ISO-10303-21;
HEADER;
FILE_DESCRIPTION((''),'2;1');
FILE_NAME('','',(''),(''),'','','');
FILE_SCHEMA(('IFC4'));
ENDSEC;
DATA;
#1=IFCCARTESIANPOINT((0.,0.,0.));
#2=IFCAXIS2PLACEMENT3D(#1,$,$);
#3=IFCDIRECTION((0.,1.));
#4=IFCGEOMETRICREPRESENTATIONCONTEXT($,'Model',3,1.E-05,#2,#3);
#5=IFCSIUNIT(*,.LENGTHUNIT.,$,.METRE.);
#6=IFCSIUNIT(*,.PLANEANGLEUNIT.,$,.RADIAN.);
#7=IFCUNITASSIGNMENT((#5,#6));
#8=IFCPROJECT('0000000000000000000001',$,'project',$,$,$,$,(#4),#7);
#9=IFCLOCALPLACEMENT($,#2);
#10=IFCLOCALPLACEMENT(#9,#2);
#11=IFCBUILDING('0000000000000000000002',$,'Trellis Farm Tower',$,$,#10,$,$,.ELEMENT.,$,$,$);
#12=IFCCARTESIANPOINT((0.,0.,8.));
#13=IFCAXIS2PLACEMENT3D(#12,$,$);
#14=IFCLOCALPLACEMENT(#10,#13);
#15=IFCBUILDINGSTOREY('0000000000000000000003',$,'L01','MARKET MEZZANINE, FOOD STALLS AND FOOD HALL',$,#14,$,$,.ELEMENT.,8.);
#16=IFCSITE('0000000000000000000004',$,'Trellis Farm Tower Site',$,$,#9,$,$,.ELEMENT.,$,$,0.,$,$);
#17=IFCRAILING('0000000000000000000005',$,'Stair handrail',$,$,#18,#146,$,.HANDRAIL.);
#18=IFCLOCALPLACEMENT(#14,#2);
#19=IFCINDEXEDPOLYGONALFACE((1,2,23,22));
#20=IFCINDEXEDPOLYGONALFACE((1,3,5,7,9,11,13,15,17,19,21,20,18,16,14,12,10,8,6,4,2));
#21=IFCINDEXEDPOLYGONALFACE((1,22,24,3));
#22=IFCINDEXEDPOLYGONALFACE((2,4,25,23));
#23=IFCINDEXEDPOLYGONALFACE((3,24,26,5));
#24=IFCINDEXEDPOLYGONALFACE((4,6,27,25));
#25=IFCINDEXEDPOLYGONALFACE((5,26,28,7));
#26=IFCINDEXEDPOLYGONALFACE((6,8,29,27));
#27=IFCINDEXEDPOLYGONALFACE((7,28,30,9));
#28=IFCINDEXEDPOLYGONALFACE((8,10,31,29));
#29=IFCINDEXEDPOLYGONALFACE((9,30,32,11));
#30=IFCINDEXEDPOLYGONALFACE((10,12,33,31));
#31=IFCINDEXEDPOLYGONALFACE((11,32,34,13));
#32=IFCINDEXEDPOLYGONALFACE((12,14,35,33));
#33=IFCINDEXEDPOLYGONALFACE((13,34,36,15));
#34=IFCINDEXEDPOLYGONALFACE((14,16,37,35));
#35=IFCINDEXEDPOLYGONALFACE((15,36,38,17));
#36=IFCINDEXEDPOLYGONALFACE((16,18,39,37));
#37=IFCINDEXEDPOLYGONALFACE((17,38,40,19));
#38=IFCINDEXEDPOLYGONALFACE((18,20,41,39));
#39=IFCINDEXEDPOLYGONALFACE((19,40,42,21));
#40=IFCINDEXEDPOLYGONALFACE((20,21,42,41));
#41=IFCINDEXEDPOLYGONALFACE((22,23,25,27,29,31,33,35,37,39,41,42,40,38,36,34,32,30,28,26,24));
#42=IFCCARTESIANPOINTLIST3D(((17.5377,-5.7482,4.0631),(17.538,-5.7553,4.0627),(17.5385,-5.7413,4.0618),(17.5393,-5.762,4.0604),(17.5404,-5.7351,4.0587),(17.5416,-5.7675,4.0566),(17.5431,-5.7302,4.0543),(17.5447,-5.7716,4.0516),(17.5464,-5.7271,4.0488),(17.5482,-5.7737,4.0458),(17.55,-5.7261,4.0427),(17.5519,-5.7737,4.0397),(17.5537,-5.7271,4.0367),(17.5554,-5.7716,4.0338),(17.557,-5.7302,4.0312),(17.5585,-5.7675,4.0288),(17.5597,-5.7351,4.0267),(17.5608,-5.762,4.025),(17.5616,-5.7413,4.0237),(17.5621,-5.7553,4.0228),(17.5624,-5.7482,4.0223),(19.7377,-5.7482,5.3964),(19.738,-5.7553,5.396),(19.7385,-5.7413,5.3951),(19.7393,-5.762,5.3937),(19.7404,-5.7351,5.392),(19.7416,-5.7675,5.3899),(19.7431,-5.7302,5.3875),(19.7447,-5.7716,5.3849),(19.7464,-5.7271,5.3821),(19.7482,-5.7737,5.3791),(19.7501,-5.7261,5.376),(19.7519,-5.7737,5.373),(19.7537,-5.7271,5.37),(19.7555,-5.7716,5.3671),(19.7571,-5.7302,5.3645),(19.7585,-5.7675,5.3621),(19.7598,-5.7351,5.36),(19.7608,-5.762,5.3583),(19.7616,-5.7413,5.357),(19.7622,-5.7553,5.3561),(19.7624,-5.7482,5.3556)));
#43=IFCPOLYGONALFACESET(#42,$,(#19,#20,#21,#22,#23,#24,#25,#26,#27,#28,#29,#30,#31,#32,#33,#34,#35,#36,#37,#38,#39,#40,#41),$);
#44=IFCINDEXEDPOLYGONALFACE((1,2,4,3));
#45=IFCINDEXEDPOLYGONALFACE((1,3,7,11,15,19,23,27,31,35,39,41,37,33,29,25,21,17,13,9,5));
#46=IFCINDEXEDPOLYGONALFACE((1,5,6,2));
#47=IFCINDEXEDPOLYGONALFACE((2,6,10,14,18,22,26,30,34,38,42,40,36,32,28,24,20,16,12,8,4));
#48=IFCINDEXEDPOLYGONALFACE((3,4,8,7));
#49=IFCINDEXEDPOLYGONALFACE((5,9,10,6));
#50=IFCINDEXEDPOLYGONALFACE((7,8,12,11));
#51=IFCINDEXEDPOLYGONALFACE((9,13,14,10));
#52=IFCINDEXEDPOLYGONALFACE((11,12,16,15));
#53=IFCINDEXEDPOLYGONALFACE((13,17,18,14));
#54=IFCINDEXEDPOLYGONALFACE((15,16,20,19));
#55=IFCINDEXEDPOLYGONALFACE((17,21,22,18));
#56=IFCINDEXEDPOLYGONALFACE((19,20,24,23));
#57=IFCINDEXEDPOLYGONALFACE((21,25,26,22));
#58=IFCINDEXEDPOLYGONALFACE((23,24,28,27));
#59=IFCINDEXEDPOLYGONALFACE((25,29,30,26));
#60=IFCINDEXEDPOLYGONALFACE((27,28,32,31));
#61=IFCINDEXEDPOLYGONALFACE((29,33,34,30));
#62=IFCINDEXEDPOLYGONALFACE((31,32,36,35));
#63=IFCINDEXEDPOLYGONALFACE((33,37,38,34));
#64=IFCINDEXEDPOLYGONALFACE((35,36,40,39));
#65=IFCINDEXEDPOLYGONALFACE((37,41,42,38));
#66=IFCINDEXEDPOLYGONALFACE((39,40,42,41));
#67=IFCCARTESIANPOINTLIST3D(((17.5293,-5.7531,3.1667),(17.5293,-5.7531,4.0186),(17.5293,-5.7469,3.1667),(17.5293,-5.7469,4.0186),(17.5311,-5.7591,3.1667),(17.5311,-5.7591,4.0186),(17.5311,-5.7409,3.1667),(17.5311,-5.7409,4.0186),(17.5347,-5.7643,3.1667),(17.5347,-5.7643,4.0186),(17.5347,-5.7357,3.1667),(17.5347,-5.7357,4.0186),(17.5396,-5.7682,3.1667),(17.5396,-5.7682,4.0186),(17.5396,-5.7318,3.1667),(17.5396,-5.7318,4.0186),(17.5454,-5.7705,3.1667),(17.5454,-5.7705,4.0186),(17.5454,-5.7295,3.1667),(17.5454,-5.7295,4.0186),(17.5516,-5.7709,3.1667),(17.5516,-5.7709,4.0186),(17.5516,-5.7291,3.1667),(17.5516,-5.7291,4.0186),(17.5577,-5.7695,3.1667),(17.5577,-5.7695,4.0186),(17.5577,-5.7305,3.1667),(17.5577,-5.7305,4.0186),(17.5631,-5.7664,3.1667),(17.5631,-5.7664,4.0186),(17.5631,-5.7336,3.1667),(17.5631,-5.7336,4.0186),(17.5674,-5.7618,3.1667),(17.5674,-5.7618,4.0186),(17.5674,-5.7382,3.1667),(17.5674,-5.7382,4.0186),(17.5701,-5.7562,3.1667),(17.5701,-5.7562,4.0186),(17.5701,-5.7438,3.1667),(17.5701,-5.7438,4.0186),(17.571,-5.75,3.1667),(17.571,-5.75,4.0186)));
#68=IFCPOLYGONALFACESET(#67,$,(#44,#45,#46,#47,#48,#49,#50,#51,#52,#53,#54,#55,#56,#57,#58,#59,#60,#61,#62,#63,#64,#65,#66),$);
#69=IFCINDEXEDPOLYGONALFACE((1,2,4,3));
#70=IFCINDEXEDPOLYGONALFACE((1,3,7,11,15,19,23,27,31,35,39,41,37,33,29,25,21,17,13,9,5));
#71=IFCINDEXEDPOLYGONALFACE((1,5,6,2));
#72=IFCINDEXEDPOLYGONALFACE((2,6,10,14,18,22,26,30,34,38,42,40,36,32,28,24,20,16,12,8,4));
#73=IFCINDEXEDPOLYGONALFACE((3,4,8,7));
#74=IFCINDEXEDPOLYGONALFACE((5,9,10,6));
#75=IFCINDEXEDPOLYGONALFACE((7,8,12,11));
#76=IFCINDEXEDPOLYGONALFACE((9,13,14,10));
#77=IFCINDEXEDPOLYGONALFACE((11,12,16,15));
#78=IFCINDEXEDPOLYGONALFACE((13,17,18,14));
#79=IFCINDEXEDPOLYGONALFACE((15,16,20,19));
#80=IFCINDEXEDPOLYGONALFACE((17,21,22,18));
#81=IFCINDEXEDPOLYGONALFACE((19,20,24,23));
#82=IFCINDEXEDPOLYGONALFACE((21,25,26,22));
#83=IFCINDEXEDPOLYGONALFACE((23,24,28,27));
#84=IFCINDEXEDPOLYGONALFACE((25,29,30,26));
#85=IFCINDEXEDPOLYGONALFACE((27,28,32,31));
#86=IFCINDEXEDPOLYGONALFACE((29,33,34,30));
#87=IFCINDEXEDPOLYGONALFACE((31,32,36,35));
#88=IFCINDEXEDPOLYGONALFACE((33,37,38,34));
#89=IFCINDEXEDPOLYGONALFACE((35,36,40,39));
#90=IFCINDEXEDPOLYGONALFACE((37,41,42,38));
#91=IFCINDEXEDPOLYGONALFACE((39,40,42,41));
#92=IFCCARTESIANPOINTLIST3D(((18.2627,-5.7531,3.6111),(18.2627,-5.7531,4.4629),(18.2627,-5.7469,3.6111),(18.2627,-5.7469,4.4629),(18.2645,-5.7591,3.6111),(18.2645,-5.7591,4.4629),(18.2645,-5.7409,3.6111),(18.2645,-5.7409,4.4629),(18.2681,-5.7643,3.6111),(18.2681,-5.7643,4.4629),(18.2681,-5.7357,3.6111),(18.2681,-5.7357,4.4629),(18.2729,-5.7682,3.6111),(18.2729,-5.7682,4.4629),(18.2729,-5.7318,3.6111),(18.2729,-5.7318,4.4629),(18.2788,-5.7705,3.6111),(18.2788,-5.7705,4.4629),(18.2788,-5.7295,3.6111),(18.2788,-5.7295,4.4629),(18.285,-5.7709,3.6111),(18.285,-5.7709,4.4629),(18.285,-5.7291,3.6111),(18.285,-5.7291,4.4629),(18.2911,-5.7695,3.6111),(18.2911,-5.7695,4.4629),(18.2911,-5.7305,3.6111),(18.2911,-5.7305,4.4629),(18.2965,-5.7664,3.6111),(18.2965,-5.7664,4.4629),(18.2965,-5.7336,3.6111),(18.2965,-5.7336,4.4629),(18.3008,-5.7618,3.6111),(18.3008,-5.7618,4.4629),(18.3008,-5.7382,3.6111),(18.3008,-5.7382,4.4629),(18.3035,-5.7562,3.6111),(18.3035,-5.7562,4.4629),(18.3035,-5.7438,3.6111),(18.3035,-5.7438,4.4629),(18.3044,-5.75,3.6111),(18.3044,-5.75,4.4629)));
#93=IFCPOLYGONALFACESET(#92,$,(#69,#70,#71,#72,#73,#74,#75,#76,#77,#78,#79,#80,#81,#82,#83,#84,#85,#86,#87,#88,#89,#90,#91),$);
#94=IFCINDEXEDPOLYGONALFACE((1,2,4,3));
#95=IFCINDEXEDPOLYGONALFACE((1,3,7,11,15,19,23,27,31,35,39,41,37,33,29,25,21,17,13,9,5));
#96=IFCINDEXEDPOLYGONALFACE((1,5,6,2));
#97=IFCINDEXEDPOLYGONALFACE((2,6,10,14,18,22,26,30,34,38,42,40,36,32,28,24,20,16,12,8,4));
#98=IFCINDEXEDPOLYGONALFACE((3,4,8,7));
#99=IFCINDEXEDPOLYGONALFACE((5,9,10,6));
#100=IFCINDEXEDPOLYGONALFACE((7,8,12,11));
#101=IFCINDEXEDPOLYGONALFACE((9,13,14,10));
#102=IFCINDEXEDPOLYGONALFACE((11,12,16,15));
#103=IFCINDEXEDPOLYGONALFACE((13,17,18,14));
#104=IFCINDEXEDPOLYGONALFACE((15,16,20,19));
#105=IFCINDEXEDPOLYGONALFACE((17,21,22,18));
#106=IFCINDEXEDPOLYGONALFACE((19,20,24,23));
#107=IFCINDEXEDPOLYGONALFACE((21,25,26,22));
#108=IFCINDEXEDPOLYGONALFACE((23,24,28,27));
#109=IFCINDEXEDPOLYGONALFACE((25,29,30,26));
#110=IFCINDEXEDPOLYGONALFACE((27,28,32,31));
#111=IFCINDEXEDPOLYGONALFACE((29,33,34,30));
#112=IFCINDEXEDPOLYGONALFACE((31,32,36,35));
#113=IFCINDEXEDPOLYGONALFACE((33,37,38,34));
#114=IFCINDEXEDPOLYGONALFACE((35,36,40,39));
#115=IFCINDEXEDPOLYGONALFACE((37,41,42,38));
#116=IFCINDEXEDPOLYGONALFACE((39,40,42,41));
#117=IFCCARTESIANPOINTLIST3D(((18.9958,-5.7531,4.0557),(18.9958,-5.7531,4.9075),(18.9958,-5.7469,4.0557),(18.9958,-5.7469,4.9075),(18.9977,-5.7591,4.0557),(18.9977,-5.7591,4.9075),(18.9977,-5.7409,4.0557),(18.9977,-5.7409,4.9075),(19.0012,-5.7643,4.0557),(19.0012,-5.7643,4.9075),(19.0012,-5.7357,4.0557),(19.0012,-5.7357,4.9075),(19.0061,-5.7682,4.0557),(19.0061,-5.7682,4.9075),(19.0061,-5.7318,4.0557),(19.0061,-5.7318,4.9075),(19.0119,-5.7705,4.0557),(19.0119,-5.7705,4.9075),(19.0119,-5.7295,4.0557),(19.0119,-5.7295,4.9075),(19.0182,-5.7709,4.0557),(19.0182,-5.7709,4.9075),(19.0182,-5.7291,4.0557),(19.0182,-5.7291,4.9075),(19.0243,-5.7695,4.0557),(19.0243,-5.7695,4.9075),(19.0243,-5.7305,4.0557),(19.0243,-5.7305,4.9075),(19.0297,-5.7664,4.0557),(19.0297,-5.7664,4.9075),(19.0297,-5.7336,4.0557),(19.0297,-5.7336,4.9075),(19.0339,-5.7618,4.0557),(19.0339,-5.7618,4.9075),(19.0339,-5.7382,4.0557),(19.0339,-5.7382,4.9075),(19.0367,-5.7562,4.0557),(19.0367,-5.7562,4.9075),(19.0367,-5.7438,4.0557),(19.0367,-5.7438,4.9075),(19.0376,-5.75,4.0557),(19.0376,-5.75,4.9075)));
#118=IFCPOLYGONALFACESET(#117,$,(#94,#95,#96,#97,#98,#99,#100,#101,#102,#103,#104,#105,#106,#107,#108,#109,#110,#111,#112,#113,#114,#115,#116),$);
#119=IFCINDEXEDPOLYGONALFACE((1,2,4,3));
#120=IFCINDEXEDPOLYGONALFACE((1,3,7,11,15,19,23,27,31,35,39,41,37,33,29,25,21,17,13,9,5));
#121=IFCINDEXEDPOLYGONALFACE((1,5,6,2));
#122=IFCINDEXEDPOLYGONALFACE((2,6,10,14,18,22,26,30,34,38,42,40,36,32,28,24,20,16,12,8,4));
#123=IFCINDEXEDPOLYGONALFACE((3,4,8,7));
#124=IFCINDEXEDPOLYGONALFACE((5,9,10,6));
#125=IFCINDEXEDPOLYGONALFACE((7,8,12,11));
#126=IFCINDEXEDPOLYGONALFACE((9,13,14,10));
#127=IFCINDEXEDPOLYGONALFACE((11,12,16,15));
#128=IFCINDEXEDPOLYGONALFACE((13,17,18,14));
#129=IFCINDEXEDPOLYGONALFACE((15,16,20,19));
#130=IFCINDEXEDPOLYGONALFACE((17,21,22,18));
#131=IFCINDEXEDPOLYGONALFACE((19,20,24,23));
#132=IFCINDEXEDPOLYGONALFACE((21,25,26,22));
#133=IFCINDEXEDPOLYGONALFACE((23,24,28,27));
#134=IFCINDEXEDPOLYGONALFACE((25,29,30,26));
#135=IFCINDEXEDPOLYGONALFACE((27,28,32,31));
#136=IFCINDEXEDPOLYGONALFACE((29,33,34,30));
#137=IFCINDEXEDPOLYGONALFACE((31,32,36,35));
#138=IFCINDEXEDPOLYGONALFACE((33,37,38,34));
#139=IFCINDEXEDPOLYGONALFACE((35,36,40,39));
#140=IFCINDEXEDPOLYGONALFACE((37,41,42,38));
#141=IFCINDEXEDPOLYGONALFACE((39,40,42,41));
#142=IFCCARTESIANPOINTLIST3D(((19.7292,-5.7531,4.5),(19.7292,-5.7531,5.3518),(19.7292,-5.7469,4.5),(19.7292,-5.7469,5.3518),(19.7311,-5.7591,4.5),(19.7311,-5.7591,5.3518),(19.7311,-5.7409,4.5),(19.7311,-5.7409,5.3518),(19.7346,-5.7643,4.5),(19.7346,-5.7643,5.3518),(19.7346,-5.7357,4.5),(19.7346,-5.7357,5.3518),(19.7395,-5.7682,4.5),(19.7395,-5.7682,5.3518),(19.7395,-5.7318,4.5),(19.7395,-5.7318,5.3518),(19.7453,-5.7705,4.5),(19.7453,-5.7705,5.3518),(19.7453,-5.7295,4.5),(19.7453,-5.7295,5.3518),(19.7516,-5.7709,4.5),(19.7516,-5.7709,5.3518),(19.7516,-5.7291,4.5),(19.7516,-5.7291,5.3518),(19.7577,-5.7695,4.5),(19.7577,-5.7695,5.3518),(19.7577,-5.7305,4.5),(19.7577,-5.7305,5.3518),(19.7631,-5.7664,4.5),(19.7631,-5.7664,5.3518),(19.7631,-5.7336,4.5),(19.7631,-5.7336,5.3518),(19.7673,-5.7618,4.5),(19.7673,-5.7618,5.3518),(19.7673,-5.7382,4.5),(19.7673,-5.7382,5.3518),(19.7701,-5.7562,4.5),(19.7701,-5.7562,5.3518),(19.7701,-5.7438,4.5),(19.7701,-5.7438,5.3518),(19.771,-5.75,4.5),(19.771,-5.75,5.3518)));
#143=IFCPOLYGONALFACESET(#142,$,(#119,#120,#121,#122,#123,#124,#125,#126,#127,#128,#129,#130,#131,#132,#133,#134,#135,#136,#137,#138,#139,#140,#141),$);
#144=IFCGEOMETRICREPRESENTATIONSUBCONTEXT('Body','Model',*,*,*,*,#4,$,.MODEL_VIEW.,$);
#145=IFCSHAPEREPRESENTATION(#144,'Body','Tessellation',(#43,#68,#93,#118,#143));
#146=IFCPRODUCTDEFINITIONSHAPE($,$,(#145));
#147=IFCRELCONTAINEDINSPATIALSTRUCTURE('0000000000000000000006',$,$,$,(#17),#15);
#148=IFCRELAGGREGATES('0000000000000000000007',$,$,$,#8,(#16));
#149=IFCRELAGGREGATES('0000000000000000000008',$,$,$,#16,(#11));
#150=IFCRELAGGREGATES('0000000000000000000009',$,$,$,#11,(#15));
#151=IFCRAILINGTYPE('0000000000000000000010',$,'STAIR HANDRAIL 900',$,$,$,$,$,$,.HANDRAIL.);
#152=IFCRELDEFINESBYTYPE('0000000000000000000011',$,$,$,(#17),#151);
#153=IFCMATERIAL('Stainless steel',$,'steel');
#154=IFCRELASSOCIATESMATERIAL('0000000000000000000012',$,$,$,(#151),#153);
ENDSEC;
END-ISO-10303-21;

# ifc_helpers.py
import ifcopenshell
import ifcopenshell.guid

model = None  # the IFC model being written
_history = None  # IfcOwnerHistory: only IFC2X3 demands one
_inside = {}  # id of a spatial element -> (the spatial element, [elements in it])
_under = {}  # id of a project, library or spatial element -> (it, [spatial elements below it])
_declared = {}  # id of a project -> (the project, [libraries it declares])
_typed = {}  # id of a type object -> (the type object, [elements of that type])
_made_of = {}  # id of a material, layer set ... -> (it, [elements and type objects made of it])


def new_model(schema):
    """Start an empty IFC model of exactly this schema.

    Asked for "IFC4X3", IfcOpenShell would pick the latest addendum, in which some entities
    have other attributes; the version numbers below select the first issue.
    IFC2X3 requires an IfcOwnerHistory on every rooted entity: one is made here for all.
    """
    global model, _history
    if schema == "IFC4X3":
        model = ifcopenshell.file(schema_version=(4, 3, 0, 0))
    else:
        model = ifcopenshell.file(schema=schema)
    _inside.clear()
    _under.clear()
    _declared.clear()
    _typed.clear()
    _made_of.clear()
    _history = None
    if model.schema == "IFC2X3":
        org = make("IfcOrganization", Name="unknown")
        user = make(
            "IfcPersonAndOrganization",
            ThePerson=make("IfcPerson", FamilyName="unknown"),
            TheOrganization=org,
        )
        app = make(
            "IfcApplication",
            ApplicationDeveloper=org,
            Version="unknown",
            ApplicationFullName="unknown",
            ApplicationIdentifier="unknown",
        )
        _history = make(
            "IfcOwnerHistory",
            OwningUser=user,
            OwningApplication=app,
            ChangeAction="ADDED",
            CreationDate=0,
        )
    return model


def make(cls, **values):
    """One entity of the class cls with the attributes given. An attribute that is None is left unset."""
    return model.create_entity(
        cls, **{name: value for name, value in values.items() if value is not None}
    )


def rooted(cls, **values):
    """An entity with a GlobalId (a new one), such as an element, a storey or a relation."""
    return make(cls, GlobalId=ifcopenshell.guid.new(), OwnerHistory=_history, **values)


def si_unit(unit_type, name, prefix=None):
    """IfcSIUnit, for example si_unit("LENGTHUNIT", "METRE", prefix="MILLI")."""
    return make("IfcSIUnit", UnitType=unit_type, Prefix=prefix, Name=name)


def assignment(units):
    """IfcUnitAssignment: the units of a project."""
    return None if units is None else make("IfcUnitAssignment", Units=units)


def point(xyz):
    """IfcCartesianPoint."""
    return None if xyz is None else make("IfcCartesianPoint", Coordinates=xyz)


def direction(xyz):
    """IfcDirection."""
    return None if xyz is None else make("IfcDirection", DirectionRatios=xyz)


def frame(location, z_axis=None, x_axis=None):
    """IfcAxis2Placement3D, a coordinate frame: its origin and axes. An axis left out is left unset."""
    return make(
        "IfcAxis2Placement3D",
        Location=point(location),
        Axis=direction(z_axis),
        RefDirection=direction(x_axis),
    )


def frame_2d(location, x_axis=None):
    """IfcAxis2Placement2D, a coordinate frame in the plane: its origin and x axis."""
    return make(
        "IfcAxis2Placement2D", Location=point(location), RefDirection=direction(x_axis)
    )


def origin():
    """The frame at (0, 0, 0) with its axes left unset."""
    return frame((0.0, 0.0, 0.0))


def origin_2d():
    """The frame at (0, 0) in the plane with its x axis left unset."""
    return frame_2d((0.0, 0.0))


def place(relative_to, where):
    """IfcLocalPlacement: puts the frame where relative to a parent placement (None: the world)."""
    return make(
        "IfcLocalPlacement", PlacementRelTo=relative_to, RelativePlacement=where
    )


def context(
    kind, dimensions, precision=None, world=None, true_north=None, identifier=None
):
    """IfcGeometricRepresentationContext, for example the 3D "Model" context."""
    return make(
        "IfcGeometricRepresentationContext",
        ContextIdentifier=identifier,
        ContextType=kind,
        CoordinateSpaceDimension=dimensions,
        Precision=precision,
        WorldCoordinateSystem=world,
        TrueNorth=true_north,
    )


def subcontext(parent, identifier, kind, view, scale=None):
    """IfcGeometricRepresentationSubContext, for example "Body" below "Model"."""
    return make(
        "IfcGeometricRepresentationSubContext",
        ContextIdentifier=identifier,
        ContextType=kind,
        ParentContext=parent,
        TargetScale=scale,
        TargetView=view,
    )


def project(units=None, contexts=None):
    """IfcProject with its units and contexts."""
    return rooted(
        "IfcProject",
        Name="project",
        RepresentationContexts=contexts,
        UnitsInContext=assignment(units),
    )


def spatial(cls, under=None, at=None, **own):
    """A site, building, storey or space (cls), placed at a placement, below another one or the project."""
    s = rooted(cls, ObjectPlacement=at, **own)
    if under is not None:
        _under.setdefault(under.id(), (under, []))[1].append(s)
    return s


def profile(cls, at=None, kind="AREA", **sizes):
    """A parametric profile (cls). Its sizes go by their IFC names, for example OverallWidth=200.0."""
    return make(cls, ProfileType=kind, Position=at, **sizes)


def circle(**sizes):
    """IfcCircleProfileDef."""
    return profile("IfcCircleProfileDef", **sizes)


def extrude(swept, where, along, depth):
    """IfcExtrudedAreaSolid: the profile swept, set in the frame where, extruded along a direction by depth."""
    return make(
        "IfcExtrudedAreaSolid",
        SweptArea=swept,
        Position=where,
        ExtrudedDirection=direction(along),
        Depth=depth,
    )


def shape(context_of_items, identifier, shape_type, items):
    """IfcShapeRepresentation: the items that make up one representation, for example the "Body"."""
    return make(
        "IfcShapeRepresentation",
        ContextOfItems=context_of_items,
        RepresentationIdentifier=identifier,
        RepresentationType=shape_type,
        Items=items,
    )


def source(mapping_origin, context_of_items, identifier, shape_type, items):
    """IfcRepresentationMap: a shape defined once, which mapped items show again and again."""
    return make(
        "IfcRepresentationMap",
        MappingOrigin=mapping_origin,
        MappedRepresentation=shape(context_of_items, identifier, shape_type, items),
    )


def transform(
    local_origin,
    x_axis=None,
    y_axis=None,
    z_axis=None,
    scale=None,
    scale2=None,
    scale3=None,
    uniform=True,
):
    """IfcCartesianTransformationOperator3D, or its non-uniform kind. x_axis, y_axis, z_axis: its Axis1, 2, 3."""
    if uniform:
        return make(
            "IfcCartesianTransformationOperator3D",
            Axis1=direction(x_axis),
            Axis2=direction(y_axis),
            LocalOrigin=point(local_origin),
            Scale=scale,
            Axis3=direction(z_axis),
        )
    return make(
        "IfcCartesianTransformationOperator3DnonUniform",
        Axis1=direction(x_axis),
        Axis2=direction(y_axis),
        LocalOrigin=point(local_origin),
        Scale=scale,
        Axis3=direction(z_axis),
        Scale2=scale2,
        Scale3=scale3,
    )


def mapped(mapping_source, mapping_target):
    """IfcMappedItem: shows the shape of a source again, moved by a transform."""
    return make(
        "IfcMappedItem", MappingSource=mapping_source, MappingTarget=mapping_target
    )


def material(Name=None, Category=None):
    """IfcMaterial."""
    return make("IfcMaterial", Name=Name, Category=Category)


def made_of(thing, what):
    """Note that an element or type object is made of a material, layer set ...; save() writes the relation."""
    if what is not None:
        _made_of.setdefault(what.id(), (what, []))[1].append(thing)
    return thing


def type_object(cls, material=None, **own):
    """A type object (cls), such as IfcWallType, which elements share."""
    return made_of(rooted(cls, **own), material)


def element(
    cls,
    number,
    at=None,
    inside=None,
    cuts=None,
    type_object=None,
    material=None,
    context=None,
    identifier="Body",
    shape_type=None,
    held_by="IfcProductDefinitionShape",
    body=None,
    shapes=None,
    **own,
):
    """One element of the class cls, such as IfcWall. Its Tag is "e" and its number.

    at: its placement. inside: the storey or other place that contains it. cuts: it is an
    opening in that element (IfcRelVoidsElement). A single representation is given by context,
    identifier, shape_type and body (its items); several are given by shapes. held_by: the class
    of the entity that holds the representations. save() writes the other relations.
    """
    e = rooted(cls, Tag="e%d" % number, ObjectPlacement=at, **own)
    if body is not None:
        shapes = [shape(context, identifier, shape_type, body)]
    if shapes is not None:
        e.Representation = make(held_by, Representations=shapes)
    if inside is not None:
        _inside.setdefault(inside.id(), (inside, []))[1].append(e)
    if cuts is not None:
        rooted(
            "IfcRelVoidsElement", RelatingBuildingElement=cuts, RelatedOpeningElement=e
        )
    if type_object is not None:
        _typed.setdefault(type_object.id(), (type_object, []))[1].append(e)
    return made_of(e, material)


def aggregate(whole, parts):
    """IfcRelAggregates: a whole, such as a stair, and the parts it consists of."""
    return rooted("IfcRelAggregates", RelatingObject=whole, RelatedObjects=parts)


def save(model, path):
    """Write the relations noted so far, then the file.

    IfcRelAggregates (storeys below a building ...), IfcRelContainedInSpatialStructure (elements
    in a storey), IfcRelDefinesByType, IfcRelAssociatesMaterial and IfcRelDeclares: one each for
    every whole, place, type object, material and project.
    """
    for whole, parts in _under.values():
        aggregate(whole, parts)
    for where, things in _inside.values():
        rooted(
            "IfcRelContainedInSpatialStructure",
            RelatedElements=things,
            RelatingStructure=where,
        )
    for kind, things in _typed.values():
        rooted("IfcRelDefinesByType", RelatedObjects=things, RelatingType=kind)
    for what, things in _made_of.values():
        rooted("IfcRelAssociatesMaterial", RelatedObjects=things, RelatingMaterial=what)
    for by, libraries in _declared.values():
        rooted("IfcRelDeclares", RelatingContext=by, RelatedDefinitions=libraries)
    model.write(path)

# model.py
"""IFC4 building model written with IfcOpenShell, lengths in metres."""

from ifc_helpers import new_model, si_unit, direction, frame, origin, origin_2d, place, context, subcontext, project, spatial, circle, extrude, source, transform, mapped, material, type_object, element, save


model = new_model("IFC4")

# Units and contexts
model_context = context("Model", 3, precision=1e-05, world=origin(), true_north=direction((0.0, 1.0)))
body_context = subcontext(model_context, "Body", "Model", "MODEL_VIEW")
ifc_project = project(units=[si_unit("LENGTHUNIT", "METRE"), si_unit("PLANEANGLEUNIT", "RADIAN")], contexts=[model_context])

# Site, building, storey
site_placement = place(None, origin())
site = spatial("IfcSite", under=ifc_project, at=site_placement, Name="Trellis Farm Tower Site", CompositionType="ELEMENT", RefElevation=0.0)
building_placement = place(site_placement, origin())
building = spatial("IfcBuilding", under=site, at=building_placement, Name="Trellis Farm Tower", CompositionType="ELEMENT")
storey_placement = place(building_placement, frame((0.0, 0.0, 8.0)))
storey = spatial("IfcBuildingStorey", under=building, at=storey_placement, Name="L01", Description="MARKET MEZZANINE, FOOD STALLS AND FOOD HALL", CompositionType="ELEMENT", Elevation=8.0)

# Shared definitions
ifc_material_1 = material(Name="Stainless steel", Category="steel")

# Railing
railing_type = type_object("IfcRailingType", Name="STAIR HANDRAIL 900", PredefinedType="HANDRAIL", material=ifc_material_1)
shared_shape_1 = source(origin(), body_context, "Body", "SweptSolid", [
    extrude(circle(Radius=0.0239, at=origin_2d()), frame((0.0, 0.0, 0.876), z_axis=(0.855207, 0.0, 0.518287), x_axis=(0.0, 1.0, 0.0)), (0.0, 0.0, 1.0), 2.5725),
    extrude(circle(Radius=0.021, at=origin_2d()), origin(), (0.0, 0.0, 1.0), 0.8518),
    extrude(circle(Radius=0.021, at=origin_2d()), frame((0.7334, 0.0, 0.4443)), (0.0, 0.0, 1.0), 0.8518),
    extrude(circle(Radius=0.021, at=origin_2d()), frame((1.4666, 0.0, 0.8889)), (0.0, 0.0, 1.0), 0.8518),
    extrude(circle(Radius=0.021, at=origin_2d()), frame((2.2, 0.0, 1.3333)), (0.0, 0.0, 1.0), 0.8518),
])
for number, where, name in (
    (1, (17.55, -5.75, 3.1667), "Stair handrail"),
):
    element("IfcRailing", number, at=place(storey_placement, frame(where)), inside=storey, type_object=railing_type, Name=name, PredefinedType="HANDRAIL", context=body_context, shape_type="MappedRepresentation", body=[
        mapped(shared_shape_1, transform((0.0, 0.0, 0.0))),
    ])

save(model, "model.ifc")
